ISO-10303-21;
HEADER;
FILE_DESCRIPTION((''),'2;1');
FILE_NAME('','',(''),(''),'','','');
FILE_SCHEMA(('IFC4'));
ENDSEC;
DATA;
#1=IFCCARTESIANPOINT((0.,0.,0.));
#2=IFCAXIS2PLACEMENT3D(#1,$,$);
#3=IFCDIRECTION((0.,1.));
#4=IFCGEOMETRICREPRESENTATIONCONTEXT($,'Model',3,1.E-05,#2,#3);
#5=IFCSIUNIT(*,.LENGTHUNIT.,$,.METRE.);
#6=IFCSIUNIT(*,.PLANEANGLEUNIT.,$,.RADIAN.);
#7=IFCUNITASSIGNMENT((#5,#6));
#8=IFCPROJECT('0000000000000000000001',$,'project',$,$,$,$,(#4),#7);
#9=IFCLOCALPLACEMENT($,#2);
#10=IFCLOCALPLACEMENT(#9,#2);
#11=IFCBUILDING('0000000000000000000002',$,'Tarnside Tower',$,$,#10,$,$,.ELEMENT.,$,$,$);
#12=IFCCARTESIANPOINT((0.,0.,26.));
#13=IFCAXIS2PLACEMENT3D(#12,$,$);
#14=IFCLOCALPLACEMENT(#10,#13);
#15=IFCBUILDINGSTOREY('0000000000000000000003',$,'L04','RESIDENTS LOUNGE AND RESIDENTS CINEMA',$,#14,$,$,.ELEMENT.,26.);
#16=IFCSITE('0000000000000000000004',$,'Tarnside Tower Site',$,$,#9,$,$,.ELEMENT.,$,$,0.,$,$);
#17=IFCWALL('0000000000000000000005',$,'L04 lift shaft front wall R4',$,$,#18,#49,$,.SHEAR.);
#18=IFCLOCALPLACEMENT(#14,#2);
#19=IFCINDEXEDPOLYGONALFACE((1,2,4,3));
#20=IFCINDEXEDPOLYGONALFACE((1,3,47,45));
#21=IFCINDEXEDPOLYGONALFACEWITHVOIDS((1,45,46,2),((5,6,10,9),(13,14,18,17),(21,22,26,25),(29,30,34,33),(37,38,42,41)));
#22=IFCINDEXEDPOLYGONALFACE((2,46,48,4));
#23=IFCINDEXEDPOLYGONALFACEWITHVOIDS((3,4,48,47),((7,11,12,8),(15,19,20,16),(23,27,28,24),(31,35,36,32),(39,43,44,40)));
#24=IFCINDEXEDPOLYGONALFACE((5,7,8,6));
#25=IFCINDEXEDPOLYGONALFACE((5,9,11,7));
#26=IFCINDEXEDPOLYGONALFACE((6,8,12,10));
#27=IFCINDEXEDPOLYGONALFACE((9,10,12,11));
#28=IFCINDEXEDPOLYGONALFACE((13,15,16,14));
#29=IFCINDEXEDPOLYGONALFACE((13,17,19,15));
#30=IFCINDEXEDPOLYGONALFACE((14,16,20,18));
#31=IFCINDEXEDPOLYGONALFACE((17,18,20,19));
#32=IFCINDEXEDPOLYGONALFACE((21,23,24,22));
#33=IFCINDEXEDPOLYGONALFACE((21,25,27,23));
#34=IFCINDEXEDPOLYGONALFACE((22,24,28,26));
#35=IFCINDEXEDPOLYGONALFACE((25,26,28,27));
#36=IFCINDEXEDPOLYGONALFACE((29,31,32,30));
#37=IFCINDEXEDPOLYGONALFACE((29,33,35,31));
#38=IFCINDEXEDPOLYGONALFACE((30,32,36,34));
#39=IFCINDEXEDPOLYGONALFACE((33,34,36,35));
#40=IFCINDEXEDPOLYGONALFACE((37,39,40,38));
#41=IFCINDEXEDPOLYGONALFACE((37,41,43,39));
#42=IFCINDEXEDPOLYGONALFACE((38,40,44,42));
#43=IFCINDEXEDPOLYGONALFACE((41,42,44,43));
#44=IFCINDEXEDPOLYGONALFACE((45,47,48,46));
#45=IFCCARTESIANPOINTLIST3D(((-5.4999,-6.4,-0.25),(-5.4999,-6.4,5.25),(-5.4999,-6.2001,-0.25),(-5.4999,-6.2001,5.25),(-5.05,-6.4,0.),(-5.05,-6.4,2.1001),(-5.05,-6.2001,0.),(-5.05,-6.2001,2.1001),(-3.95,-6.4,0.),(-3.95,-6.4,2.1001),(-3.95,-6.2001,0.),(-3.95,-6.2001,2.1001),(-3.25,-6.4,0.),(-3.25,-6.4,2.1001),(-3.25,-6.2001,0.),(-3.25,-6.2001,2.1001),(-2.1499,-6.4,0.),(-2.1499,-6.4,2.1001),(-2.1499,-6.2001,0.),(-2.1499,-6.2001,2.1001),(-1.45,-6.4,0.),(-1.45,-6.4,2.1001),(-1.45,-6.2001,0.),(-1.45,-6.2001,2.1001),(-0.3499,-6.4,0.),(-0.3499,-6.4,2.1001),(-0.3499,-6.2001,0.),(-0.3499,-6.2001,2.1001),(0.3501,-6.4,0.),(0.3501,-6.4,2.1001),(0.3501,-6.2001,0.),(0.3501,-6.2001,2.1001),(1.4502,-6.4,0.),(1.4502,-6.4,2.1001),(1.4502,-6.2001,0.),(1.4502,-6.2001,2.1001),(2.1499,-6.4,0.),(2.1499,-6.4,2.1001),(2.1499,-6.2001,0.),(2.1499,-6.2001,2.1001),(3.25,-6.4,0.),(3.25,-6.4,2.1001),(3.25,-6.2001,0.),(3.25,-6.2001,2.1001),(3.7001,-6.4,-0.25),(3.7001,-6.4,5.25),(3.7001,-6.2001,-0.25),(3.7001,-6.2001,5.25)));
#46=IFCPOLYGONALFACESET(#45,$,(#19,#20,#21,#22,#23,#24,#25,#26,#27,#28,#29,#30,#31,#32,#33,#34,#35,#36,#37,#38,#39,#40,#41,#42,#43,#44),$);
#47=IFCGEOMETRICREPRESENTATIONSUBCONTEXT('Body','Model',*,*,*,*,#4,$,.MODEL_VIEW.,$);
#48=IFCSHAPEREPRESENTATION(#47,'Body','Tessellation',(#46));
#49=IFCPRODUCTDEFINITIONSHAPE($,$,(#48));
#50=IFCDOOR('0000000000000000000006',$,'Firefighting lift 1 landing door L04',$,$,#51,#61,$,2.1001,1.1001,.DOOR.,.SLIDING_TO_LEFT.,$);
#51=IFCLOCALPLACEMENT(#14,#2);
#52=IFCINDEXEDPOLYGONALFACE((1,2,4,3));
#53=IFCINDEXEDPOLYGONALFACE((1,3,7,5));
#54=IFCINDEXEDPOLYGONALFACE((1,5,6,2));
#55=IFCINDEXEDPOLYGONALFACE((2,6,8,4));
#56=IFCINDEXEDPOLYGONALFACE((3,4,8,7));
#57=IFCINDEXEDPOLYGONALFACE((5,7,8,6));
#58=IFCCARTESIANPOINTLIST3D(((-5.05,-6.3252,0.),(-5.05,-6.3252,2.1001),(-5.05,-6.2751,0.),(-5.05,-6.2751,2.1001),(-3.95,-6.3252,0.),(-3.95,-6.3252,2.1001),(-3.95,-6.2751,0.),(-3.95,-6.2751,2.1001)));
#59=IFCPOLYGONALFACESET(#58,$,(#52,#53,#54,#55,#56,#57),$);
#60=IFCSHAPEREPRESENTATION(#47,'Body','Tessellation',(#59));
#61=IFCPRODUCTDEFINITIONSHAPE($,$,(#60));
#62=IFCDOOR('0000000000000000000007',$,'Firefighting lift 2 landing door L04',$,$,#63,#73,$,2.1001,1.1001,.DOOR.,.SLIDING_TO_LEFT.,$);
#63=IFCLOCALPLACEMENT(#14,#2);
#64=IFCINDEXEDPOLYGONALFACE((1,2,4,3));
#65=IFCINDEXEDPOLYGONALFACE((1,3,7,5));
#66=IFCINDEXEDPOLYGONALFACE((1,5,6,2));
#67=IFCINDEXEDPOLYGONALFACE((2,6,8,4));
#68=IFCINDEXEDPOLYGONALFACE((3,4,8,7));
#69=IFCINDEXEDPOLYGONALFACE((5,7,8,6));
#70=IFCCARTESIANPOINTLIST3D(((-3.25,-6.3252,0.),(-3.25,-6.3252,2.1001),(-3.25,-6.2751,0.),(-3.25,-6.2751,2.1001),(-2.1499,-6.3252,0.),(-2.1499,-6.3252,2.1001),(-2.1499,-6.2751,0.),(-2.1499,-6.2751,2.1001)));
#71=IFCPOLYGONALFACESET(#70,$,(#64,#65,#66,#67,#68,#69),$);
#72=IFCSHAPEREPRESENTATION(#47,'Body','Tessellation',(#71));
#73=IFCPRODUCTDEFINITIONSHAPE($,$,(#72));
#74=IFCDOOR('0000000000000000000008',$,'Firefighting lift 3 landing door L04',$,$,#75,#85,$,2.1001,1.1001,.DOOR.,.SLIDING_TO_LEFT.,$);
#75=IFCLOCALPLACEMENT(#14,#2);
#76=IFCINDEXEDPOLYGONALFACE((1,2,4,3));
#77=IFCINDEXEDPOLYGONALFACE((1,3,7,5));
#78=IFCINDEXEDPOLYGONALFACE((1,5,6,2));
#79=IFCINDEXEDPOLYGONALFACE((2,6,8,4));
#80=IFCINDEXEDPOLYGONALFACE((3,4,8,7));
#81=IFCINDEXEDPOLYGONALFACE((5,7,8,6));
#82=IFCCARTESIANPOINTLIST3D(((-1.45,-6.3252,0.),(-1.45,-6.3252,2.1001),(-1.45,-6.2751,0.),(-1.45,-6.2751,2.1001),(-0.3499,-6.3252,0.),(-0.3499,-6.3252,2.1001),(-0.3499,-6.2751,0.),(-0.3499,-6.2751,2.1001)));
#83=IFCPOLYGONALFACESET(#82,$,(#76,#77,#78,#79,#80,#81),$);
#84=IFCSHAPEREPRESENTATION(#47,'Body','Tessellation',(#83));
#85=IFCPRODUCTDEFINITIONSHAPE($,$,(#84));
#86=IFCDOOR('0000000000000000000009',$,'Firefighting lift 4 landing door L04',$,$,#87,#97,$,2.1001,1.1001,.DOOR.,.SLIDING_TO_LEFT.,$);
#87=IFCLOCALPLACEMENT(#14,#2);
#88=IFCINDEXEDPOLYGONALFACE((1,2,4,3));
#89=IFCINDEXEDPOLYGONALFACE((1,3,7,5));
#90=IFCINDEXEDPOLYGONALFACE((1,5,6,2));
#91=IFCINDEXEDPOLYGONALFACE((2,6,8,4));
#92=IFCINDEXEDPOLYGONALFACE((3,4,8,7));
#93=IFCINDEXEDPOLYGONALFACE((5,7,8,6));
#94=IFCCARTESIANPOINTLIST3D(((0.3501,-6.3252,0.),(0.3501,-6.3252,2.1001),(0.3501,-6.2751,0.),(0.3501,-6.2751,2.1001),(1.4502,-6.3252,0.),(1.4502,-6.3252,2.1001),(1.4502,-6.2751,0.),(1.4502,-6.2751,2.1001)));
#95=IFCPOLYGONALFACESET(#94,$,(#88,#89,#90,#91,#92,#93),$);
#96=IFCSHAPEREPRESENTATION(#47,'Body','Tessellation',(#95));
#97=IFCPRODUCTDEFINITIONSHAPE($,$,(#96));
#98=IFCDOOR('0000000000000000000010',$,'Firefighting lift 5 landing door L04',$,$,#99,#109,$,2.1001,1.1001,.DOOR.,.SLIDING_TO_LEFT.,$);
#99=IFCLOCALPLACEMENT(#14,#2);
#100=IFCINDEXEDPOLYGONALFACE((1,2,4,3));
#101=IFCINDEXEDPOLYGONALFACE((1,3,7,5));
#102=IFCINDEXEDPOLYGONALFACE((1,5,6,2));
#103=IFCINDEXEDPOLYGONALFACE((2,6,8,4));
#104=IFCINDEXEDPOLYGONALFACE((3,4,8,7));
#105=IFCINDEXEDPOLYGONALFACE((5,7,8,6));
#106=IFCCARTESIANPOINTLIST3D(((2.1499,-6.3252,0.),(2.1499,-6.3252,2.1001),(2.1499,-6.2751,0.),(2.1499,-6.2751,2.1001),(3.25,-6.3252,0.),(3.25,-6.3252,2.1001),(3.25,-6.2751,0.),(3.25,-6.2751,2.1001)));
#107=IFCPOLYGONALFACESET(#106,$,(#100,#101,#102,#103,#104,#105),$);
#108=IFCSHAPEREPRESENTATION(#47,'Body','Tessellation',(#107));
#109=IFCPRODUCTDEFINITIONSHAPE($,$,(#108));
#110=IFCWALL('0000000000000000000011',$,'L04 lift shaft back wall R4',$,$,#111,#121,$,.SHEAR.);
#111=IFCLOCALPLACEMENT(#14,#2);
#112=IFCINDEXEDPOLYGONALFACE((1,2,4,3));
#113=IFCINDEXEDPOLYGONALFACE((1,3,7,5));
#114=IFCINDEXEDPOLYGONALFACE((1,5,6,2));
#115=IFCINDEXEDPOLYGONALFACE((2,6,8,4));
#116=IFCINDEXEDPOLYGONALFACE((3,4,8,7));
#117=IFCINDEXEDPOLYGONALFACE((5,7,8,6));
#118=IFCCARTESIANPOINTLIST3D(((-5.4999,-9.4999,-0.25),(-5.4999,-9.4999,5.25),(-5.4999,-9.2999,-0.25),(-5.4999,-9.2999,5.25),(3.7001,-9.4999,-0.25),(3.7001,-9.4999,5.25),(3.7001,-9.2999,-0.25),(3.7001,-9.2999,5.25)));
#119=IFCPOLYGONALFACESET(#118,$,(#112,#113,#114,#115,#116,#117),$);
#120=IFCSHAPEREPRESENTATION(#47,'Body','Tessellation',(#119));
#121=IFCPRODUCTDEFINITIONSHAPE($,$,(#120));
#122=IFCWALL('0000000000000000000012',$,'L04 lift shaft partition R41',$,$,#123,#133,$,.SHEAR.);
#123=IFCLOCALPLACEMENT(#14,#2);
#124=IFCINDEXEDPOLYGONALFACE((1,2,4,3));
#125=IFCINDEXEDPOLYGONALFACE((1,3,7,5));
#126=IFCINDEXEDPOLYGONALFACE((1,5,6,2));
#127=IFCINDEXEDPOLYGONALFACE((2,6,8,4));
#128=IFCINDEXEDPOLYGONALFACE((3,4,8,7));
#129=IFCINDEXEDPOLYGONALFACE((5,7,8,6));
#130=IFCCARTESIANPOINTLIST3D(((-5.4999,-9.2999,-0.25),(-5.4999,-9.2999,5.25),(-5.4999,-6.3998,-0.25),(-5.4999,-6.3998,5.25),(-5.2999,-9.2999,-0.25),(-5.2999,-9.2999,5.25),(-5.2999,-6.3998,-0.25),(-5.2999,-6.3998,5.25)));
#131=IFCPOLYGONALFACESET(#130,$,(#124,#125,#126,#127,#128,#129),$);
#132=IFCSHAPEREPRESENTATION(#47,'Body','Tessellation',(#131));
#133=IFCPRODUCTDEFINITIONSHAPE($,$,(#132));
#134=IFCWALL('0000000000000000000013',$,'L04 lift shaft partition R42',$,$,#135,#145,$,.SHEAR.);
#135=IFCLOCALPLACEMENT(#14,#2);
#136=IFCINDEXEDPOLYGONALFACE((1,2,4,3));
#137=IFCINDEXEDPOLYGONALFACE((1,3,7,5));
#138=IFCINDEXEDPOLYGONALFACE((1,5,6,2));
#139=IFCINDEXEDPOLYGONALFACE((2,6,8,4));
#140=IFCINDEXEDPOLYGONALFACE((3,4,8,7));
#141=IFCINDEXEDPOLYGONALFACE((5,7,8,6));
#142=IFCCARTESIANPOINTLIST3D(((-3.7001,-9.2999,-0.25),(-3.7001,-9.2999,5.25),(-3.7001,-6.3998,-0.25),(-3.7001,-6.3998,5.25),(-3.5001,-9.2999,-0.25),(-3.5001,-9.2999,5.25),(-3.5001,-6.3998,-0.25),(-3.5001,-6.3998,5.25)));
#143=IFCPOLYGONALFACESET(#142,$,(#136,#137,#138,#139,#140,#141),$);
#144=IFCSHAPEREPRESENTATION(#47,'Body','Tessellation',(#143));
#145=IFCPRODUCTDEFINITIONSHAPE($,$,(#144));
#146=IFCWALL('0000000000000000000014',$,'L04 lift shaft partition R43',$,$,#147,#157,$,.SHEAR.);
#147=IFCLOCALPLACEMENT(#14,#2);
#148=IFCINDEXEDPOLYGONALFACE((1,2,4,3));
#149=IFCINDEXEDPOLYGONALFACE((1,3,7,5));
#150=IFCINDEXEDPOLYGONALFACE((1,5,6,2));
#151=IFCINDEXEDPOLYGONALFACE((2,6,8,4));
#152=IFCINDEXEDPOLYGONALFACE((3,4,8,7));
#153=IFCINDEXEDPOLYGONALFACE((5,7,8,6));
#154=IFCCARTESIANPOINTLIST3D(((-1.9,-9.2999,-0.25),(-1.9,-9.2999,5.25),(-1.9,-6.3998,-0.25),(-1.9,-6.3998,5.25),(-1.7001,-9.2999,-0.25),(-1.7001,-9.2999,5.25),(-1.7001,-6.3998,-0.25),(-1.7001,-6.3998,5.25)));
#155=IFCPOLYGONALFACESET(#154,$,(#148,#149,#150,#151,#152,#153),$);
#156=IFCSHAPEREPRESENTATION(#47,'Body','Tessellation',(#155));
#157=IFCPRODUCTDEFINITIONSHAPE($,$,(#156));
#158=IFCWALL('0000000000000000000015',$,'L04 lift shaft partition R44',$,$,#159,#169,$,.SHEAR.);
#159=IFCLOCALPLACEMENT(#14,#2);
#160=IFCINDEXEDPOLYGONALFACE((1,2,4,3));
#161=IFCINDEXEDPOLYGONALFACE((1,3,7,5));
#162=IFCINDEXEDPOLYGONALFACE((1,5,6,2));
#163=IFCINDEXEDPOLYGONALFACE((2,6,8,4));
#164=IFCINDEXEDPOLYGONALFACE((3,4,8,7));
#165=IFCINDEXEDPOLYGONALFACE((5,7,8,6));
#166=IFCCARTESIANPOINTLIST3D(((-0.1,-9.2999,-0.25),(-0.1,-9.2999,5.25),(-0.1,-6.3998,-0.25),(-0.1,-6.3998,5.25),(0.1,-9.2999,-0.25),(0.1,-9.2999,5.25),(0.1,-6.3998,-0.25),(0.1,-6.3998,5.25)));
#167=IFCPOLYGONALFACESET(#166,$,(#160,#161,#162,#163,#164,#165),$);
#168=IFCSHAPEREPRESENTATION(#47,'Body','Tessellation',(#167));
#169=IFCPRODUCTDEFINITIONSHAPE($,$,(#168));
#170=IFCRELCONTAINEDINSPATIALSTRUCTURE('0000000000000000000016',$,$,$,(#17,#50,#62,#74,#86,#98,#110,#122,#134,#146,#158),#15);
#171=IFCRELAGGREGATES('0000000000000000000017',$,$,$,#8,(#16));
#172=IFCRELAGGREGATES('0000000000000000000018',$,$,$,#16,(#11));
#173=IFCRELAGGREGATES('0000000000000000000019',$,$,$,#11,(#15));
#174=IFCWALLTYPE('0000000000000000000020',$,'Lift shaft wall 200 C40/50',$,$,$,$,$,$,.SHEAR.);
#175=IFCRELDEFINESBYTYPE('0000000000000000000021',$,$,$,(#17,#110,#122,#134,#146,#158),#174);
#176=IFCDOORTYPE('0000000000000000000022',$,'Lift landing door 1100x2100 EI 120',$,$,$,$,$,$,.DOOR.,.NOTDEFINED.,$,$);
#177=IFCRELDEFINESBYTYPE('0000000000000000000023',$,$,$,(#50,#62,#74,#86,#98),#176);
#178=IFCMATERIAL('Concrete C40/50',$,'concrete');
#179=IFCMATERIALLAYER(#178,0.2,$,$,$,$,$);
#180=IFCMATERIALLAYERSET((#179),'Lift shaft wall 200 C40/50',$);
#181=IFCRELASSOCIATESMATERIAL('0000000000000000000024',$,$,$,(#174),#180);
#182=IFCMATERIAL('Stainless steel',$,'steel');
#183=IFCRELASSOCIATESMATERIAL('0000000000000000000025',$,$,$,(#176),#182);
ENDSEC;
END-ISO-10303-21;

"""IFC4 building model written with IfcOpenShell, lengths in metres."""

from ifc_helpers import new_model, si_unit, direction, frame, frame_2d, origin, place, context, subcontext, project, spatial, rectangle, extrude, material, layer, layer_set, type_object, element, fill, save


model = new_model("IFC4")

# Units and contexts
model_context = context("Model", 3, precision=1e-05, world=origin(), true_north=direction((0.0, 1.0)))
body_context = subcontext(model_context, "Body", "Model", "MODEL_VIEW")
ifc_project = project(units=[si_unit("LENGTHUNIT", "METRE"), si_unit("PLANEANGLEUNIT", "RADIAN")], contexts=[model_context])

# Site, building, storey
site_placement = place(None, origin())
site = spatial("IfcSite", under=ifc_project, at=site_placement, Name="Tarnside Tower Site", CompositionType="ELEMENT", RefElevation=0.0)
building_placement = place(site_placement, origin())
building = spatial("IfcBuilding", under=site, at=building_placement, Name="Tarnside Tower", CompositionType="ELEMENT")
storey_placement = place(building_placement, frame((0.0, 0.0, 26.0)))
storey = spatial("IfcBuildingStorey", under=building, at=storey_placement, Name="L04", Description="RESIDENTS LOUNGE AND RESIDENTS CINEMA", CompositionType="ELEMENT", Elevation=26.0)

# Shared definitions
ifc_material_1 = material(Name="Concrete C40/50", Category="concrete")

# Shared definitions
ifc_layer_1 = layer(ifc_material_1, 0.2)
ifc_layer_set_1 = layer_set([ifc_layer_1], Name="Lift shaft wall 200 C40/50")
wall_type_1 = type_object("IfcWallType", Name="Lift shaft wall 200 C40/50", PredefinedType="SHEAR", material=ifc_layer_set_1)

# Wall, openings, doors
wall_1_placement = place(storey_placement, frame((-5.5, -6.3, -0.25), z_axis=(0.0, 0.0, 1.0), x_axis=(1.0, 0.0, 0.0)))
wall_1 = element("IfcWall", 1, at=wall_1_placement, inside=storey, type_object=wall_type_1, Name="L04 lift shaft front wall R4", PredefinedType="SHEAR", context=body_context, shape_type="SweptSolid", body=[
    extrude(rectangle(XDim=9.2, YDim=0.2, at=frame_2d((4.6001, 0.0))), origin(), (0.0, 0.0, 1.0), 5.5),
])
opening_1_placement = place(wall_1_placement, frame((0.45, 0.0, 0.25)))
opening_1 = element("IfcOpeningElement", 2, at=opening_1_placement, cuts=wall_1, PredefinedType="OPENING", context=body_context, shape_type="SweptSolid", body=[
    extrude(rectangle(XDim=1.1001, YDim=2.1001, at=frame_2d((0.55, 1.05))), frame((0.0, 0.1099, 0.0), z_axis=(0.0, -1.0, 0.0), x_axis=(1.0, 0.0, 0.0)), (0.0, 0.0, 1.0), 0.22),
])
opening_2_placement = place(wall_1_placement, frame((2.25, 0.0, 0.25)))
opening_2 = element("IfcOpeningElement", 3, at=opening_2_placement, cuts=wall_1, PredefinedType="OPENING", context=body_context, shape_type="SweptSolid", body=[
    extrude(rectangle(XDim=1.1001, YDim=2.1001, at=frame_2d((0.55, 1.05))), frame((0.0, 0.1099, 0.0), z_axis=(0.0, -1.0, 0.0), x_axis=(1.0, 0.0, 0.0)), (0.0, 0.0, 1.0), 0.22),
])
opening_3_placement = place(wall_1_placement, frame((4.05, 0.0, 0.25)))
opening_3 = element("IfcOpeningElement", 4, at=opening_3_placement, cuts=wall_1, PredefinedType="OPENING", context=body_context, shape_type="SweptSolid", body=[
    extrude(rectangle(XDim=1.1001, YDim=2.1001, at=frame_2d((0.55, 1.05))), frame((0.0, 0.1099, 0.0), z_axis=(0.0, -1.0, 0.0), x_axis=(1.0, 0.0, 0.0)), (0.0, 0.0, 1.0), 0.22),
])
opening_4_placement = place(wall_1_placement, frame((5.8501, 0.0, 0.25)))
opening_4 = element("IfcOpeningElement", 5, at=opening_4_placement, cuts=wall_1, PredefinedType="OPENING", context=body_context, shape_type="SweptSolid", body=[
    extrude(rectangle(XDim=1.1001, YDim=2.1001, at=frame_2d((0.55, 1.05))), frame((0.0, 0.1099, 0.0), z_axis=(0.0, -1.0, 0.0), x_axis=(1.0, 0.0, 0.0)), (0.0, 0.0, 1.0), 0.22),
])
opening_5_placement = place(wall_1_placement, frame((7.6499, 0.0, 0.25)))
opening_5 = element("IfcOpeningElement", 6, at=opening_5_placement, cuts=wall_1, PredefinedType="OPENING", context=body_context, shape_type="SweptSolid", body=[
    extrude(rectangle(XDim=1.1001, YDim=2.1001, at=frame_2d((0.55, 1.05))), frame((0.0, 0.1099, 0.0), z_axis=(0.0, -1.0, 0.0), x_axis=(1.0, 0.0, 0.0)), (0.0, 0.0, 1.0), 0.22),
])
ifc_material_2 = material(Name="Stainless steel", Category="steel")
door_type = type_object("IfcDoorType", Name="Lift landing door 1100x2100 EI 120", OperationType="NOTDEFINED", PredefinedType="DOOR", material=ifc_material_2)
door_1_placement = place(opening_1_placement, origin())
door_1 = element("IfcDoor", 7, at=door_1_placement, inside=storey, type_object=door_type, Name="Firefighting lift 1 landing door L04", OperationType="SLIDING_TO_LEFT", OverallHeight=2.1001, OverallWidth=1.1001, PredefinedType="DOOR", context=body_context, shape_type="SweptSolid", body=[
    extrude(rectangle(XDim=1.1001, YDim=2.1001, at=frame_2d((0.55, 1.05))), frame((0.0, 0.0249, 0.0), z_axis=(0.0, -1.0, 0.0), x_axis=(1.0, 0.0, 0.0)), (0.0, 0.0, 1.0), 0.05),
])
fill(opening_1, door_1)
door_2_placement = place(opening_2_placement, origin())
door_2 = element("IfcDoor", 8, at=door_2_placement, inside=storey, type_object=door_type, Name="Firefighting lift 2 landing door L04", OperationType="SLIDING_TO_LEFT", OverallHeight=2.1001, OverallWidth=1.1001, PredefinedType="DOOR", context=body_context, shape_type="SweptSolid", body=[
    extrude(rectangle(XDim=1.1001, YDim=2.1001, at=frame_2d((0.55, 1.05))), frame((0.0, 0.0249, 0.0), z_axis=(0.0, -1.0, 0.0), x_axis=(1.0, 0.0, 0.0)), (0.0, 0.0, 1.0), 0.05),
])
fill(opening_2, door_2)
door_3_placement = place(opening_3_placement, origin())
door_3 = element("IfcDoor", 9, at=door_3_placement, inside=storey, type_object=door_type, Name="Firefighting lift 3 landing door L04", OperationType="SLIDING_TO_LEFT", OverallHeight=2.1001, OverallWidth=1.1001, PredefinedType="DOOR", context=body_context, shape_type="SweptSolid", body=[
    extrude(rectangle(XDim=1.1001, YDim=2.1001, at=frame_2d((0.55, 1.05))), frame((0.0, 0.0249, 0.0), z_axis=(0.0, -1.0, 0.0), x_axis=(1.0, 0.0, 0.0)), (0.0, 0.0, 1.0), 0.05),
])
fill(opening_3, door_3)
door_4_placement = place(opening_4_placement, origin())
door_4 = element("IfcDoor", 10, at=door_4_placement, inside=storey, type_object=door_type, Name="Firefighting lift 4 landing door L04", OperationType="SLIDING_TO_LEFT", OverallHeight=2.1001, OverallWidth=1.1001, PredefinedType="DOOR", context=body_context, shape_type="SweptSolid", body=[
    extrude(rectangle(XDim=1.1001, YDim=2.1001, at=frame_2d((0.55, 1.05))), frame((0.0, 0.0249, 0.0), z_axis=(0.0, -1.0, 0.0), x_axis=(1.0, 0.0, 0.0)), (0.0, 0.0, 1.0), 0.05),
])
fill(opening_4, door_4)
door_5_placement = place(opening_5_placement, origin())
door_5 = element("IfcDoor", 11, at=door_5_placement, inside=storey, type_object=door_type, Name="Firefighting lift 5 landing door L04", OperationType="SLIDING_TO_LEFT", OverallHeight=2.1001, OverallWidth=1.1001, PredefinedType="DOOR", context=body_context, shape_type="SweptSolid", body=[
    extrude(rectangle(XDim=1.1001, YDim=2.1001, at=frame_2d((0.55, 1.05))), frame((0.0, 0.0249, 0.0), z_axis=(0.0, -1.0, 0.0), x_axis=(1.0, 0.0, 0.0)), (0.0, 0.0, 1.0), 0.05),
])
fill(opening_5, door_5)

# Walls
wall_2_placement = place(storey_placement, frame((-5.5, -9.3999, -0.25), z_axis=(0.0, 0.0, 1.0), x_axis=(1.0, 0.0, 0.0)))
element("IfcWall", 12, at=wall_2_placement, inside=storey, type_object=wall_type_1, Name="L04 lift shaft back wall R4", PredefinedType="SHEAR", context=body_context, shape_type="SweptSolid", body=[
    extrude(rectangle(XDim=9.2, YDim=0.2, at=frame_2d((4.6001, 0.0))), origin(), (0.0, 0.0, 1.0), 5.5),
])
for number, where, z_axis, x_axis, name in (
    (13, (-5.3999, -9.3, -0.25), (0.0, 0.0, 1.0), (0.0, 1.0, 0.0), "L04 lift shaft partition R41"),
    (14, (-3.6001, -9.3, -0.25), (0.0, 0.0, 1.0), (0.0, 1.0, 0.0), "L04 lift shaft partition R42"),
    (15, (-1.8, -9.3, -0.25), (0.0, 0.0, 1.0), (0.0, 1.0, 0.0), "L04 lift shaft partition R43"),
    (16, (0.0, -9.3, -0.25), (0.0, 0.0, 1.0), (0.0, 1.0, 0.0), "L04 lift shaft partition R44"),
):
    element("IfcWall", number, at=place(storey_placement, frame(where, z_axis=z_axis, x_axis=x_axis)), inside=storey, type_object=wall_type_1, Name=name, PredefinedType="SHEAR", context=body_context, shape_type="SweptSolid", body=[
        extrude(rectangle(XDim=2.9001, YDim=0.2, at=frame_2d((1.4502, 0.0))), origin(), (0.0, 0.0, 1.0), 5.5),
    ])

save(model, "model.ifc")
